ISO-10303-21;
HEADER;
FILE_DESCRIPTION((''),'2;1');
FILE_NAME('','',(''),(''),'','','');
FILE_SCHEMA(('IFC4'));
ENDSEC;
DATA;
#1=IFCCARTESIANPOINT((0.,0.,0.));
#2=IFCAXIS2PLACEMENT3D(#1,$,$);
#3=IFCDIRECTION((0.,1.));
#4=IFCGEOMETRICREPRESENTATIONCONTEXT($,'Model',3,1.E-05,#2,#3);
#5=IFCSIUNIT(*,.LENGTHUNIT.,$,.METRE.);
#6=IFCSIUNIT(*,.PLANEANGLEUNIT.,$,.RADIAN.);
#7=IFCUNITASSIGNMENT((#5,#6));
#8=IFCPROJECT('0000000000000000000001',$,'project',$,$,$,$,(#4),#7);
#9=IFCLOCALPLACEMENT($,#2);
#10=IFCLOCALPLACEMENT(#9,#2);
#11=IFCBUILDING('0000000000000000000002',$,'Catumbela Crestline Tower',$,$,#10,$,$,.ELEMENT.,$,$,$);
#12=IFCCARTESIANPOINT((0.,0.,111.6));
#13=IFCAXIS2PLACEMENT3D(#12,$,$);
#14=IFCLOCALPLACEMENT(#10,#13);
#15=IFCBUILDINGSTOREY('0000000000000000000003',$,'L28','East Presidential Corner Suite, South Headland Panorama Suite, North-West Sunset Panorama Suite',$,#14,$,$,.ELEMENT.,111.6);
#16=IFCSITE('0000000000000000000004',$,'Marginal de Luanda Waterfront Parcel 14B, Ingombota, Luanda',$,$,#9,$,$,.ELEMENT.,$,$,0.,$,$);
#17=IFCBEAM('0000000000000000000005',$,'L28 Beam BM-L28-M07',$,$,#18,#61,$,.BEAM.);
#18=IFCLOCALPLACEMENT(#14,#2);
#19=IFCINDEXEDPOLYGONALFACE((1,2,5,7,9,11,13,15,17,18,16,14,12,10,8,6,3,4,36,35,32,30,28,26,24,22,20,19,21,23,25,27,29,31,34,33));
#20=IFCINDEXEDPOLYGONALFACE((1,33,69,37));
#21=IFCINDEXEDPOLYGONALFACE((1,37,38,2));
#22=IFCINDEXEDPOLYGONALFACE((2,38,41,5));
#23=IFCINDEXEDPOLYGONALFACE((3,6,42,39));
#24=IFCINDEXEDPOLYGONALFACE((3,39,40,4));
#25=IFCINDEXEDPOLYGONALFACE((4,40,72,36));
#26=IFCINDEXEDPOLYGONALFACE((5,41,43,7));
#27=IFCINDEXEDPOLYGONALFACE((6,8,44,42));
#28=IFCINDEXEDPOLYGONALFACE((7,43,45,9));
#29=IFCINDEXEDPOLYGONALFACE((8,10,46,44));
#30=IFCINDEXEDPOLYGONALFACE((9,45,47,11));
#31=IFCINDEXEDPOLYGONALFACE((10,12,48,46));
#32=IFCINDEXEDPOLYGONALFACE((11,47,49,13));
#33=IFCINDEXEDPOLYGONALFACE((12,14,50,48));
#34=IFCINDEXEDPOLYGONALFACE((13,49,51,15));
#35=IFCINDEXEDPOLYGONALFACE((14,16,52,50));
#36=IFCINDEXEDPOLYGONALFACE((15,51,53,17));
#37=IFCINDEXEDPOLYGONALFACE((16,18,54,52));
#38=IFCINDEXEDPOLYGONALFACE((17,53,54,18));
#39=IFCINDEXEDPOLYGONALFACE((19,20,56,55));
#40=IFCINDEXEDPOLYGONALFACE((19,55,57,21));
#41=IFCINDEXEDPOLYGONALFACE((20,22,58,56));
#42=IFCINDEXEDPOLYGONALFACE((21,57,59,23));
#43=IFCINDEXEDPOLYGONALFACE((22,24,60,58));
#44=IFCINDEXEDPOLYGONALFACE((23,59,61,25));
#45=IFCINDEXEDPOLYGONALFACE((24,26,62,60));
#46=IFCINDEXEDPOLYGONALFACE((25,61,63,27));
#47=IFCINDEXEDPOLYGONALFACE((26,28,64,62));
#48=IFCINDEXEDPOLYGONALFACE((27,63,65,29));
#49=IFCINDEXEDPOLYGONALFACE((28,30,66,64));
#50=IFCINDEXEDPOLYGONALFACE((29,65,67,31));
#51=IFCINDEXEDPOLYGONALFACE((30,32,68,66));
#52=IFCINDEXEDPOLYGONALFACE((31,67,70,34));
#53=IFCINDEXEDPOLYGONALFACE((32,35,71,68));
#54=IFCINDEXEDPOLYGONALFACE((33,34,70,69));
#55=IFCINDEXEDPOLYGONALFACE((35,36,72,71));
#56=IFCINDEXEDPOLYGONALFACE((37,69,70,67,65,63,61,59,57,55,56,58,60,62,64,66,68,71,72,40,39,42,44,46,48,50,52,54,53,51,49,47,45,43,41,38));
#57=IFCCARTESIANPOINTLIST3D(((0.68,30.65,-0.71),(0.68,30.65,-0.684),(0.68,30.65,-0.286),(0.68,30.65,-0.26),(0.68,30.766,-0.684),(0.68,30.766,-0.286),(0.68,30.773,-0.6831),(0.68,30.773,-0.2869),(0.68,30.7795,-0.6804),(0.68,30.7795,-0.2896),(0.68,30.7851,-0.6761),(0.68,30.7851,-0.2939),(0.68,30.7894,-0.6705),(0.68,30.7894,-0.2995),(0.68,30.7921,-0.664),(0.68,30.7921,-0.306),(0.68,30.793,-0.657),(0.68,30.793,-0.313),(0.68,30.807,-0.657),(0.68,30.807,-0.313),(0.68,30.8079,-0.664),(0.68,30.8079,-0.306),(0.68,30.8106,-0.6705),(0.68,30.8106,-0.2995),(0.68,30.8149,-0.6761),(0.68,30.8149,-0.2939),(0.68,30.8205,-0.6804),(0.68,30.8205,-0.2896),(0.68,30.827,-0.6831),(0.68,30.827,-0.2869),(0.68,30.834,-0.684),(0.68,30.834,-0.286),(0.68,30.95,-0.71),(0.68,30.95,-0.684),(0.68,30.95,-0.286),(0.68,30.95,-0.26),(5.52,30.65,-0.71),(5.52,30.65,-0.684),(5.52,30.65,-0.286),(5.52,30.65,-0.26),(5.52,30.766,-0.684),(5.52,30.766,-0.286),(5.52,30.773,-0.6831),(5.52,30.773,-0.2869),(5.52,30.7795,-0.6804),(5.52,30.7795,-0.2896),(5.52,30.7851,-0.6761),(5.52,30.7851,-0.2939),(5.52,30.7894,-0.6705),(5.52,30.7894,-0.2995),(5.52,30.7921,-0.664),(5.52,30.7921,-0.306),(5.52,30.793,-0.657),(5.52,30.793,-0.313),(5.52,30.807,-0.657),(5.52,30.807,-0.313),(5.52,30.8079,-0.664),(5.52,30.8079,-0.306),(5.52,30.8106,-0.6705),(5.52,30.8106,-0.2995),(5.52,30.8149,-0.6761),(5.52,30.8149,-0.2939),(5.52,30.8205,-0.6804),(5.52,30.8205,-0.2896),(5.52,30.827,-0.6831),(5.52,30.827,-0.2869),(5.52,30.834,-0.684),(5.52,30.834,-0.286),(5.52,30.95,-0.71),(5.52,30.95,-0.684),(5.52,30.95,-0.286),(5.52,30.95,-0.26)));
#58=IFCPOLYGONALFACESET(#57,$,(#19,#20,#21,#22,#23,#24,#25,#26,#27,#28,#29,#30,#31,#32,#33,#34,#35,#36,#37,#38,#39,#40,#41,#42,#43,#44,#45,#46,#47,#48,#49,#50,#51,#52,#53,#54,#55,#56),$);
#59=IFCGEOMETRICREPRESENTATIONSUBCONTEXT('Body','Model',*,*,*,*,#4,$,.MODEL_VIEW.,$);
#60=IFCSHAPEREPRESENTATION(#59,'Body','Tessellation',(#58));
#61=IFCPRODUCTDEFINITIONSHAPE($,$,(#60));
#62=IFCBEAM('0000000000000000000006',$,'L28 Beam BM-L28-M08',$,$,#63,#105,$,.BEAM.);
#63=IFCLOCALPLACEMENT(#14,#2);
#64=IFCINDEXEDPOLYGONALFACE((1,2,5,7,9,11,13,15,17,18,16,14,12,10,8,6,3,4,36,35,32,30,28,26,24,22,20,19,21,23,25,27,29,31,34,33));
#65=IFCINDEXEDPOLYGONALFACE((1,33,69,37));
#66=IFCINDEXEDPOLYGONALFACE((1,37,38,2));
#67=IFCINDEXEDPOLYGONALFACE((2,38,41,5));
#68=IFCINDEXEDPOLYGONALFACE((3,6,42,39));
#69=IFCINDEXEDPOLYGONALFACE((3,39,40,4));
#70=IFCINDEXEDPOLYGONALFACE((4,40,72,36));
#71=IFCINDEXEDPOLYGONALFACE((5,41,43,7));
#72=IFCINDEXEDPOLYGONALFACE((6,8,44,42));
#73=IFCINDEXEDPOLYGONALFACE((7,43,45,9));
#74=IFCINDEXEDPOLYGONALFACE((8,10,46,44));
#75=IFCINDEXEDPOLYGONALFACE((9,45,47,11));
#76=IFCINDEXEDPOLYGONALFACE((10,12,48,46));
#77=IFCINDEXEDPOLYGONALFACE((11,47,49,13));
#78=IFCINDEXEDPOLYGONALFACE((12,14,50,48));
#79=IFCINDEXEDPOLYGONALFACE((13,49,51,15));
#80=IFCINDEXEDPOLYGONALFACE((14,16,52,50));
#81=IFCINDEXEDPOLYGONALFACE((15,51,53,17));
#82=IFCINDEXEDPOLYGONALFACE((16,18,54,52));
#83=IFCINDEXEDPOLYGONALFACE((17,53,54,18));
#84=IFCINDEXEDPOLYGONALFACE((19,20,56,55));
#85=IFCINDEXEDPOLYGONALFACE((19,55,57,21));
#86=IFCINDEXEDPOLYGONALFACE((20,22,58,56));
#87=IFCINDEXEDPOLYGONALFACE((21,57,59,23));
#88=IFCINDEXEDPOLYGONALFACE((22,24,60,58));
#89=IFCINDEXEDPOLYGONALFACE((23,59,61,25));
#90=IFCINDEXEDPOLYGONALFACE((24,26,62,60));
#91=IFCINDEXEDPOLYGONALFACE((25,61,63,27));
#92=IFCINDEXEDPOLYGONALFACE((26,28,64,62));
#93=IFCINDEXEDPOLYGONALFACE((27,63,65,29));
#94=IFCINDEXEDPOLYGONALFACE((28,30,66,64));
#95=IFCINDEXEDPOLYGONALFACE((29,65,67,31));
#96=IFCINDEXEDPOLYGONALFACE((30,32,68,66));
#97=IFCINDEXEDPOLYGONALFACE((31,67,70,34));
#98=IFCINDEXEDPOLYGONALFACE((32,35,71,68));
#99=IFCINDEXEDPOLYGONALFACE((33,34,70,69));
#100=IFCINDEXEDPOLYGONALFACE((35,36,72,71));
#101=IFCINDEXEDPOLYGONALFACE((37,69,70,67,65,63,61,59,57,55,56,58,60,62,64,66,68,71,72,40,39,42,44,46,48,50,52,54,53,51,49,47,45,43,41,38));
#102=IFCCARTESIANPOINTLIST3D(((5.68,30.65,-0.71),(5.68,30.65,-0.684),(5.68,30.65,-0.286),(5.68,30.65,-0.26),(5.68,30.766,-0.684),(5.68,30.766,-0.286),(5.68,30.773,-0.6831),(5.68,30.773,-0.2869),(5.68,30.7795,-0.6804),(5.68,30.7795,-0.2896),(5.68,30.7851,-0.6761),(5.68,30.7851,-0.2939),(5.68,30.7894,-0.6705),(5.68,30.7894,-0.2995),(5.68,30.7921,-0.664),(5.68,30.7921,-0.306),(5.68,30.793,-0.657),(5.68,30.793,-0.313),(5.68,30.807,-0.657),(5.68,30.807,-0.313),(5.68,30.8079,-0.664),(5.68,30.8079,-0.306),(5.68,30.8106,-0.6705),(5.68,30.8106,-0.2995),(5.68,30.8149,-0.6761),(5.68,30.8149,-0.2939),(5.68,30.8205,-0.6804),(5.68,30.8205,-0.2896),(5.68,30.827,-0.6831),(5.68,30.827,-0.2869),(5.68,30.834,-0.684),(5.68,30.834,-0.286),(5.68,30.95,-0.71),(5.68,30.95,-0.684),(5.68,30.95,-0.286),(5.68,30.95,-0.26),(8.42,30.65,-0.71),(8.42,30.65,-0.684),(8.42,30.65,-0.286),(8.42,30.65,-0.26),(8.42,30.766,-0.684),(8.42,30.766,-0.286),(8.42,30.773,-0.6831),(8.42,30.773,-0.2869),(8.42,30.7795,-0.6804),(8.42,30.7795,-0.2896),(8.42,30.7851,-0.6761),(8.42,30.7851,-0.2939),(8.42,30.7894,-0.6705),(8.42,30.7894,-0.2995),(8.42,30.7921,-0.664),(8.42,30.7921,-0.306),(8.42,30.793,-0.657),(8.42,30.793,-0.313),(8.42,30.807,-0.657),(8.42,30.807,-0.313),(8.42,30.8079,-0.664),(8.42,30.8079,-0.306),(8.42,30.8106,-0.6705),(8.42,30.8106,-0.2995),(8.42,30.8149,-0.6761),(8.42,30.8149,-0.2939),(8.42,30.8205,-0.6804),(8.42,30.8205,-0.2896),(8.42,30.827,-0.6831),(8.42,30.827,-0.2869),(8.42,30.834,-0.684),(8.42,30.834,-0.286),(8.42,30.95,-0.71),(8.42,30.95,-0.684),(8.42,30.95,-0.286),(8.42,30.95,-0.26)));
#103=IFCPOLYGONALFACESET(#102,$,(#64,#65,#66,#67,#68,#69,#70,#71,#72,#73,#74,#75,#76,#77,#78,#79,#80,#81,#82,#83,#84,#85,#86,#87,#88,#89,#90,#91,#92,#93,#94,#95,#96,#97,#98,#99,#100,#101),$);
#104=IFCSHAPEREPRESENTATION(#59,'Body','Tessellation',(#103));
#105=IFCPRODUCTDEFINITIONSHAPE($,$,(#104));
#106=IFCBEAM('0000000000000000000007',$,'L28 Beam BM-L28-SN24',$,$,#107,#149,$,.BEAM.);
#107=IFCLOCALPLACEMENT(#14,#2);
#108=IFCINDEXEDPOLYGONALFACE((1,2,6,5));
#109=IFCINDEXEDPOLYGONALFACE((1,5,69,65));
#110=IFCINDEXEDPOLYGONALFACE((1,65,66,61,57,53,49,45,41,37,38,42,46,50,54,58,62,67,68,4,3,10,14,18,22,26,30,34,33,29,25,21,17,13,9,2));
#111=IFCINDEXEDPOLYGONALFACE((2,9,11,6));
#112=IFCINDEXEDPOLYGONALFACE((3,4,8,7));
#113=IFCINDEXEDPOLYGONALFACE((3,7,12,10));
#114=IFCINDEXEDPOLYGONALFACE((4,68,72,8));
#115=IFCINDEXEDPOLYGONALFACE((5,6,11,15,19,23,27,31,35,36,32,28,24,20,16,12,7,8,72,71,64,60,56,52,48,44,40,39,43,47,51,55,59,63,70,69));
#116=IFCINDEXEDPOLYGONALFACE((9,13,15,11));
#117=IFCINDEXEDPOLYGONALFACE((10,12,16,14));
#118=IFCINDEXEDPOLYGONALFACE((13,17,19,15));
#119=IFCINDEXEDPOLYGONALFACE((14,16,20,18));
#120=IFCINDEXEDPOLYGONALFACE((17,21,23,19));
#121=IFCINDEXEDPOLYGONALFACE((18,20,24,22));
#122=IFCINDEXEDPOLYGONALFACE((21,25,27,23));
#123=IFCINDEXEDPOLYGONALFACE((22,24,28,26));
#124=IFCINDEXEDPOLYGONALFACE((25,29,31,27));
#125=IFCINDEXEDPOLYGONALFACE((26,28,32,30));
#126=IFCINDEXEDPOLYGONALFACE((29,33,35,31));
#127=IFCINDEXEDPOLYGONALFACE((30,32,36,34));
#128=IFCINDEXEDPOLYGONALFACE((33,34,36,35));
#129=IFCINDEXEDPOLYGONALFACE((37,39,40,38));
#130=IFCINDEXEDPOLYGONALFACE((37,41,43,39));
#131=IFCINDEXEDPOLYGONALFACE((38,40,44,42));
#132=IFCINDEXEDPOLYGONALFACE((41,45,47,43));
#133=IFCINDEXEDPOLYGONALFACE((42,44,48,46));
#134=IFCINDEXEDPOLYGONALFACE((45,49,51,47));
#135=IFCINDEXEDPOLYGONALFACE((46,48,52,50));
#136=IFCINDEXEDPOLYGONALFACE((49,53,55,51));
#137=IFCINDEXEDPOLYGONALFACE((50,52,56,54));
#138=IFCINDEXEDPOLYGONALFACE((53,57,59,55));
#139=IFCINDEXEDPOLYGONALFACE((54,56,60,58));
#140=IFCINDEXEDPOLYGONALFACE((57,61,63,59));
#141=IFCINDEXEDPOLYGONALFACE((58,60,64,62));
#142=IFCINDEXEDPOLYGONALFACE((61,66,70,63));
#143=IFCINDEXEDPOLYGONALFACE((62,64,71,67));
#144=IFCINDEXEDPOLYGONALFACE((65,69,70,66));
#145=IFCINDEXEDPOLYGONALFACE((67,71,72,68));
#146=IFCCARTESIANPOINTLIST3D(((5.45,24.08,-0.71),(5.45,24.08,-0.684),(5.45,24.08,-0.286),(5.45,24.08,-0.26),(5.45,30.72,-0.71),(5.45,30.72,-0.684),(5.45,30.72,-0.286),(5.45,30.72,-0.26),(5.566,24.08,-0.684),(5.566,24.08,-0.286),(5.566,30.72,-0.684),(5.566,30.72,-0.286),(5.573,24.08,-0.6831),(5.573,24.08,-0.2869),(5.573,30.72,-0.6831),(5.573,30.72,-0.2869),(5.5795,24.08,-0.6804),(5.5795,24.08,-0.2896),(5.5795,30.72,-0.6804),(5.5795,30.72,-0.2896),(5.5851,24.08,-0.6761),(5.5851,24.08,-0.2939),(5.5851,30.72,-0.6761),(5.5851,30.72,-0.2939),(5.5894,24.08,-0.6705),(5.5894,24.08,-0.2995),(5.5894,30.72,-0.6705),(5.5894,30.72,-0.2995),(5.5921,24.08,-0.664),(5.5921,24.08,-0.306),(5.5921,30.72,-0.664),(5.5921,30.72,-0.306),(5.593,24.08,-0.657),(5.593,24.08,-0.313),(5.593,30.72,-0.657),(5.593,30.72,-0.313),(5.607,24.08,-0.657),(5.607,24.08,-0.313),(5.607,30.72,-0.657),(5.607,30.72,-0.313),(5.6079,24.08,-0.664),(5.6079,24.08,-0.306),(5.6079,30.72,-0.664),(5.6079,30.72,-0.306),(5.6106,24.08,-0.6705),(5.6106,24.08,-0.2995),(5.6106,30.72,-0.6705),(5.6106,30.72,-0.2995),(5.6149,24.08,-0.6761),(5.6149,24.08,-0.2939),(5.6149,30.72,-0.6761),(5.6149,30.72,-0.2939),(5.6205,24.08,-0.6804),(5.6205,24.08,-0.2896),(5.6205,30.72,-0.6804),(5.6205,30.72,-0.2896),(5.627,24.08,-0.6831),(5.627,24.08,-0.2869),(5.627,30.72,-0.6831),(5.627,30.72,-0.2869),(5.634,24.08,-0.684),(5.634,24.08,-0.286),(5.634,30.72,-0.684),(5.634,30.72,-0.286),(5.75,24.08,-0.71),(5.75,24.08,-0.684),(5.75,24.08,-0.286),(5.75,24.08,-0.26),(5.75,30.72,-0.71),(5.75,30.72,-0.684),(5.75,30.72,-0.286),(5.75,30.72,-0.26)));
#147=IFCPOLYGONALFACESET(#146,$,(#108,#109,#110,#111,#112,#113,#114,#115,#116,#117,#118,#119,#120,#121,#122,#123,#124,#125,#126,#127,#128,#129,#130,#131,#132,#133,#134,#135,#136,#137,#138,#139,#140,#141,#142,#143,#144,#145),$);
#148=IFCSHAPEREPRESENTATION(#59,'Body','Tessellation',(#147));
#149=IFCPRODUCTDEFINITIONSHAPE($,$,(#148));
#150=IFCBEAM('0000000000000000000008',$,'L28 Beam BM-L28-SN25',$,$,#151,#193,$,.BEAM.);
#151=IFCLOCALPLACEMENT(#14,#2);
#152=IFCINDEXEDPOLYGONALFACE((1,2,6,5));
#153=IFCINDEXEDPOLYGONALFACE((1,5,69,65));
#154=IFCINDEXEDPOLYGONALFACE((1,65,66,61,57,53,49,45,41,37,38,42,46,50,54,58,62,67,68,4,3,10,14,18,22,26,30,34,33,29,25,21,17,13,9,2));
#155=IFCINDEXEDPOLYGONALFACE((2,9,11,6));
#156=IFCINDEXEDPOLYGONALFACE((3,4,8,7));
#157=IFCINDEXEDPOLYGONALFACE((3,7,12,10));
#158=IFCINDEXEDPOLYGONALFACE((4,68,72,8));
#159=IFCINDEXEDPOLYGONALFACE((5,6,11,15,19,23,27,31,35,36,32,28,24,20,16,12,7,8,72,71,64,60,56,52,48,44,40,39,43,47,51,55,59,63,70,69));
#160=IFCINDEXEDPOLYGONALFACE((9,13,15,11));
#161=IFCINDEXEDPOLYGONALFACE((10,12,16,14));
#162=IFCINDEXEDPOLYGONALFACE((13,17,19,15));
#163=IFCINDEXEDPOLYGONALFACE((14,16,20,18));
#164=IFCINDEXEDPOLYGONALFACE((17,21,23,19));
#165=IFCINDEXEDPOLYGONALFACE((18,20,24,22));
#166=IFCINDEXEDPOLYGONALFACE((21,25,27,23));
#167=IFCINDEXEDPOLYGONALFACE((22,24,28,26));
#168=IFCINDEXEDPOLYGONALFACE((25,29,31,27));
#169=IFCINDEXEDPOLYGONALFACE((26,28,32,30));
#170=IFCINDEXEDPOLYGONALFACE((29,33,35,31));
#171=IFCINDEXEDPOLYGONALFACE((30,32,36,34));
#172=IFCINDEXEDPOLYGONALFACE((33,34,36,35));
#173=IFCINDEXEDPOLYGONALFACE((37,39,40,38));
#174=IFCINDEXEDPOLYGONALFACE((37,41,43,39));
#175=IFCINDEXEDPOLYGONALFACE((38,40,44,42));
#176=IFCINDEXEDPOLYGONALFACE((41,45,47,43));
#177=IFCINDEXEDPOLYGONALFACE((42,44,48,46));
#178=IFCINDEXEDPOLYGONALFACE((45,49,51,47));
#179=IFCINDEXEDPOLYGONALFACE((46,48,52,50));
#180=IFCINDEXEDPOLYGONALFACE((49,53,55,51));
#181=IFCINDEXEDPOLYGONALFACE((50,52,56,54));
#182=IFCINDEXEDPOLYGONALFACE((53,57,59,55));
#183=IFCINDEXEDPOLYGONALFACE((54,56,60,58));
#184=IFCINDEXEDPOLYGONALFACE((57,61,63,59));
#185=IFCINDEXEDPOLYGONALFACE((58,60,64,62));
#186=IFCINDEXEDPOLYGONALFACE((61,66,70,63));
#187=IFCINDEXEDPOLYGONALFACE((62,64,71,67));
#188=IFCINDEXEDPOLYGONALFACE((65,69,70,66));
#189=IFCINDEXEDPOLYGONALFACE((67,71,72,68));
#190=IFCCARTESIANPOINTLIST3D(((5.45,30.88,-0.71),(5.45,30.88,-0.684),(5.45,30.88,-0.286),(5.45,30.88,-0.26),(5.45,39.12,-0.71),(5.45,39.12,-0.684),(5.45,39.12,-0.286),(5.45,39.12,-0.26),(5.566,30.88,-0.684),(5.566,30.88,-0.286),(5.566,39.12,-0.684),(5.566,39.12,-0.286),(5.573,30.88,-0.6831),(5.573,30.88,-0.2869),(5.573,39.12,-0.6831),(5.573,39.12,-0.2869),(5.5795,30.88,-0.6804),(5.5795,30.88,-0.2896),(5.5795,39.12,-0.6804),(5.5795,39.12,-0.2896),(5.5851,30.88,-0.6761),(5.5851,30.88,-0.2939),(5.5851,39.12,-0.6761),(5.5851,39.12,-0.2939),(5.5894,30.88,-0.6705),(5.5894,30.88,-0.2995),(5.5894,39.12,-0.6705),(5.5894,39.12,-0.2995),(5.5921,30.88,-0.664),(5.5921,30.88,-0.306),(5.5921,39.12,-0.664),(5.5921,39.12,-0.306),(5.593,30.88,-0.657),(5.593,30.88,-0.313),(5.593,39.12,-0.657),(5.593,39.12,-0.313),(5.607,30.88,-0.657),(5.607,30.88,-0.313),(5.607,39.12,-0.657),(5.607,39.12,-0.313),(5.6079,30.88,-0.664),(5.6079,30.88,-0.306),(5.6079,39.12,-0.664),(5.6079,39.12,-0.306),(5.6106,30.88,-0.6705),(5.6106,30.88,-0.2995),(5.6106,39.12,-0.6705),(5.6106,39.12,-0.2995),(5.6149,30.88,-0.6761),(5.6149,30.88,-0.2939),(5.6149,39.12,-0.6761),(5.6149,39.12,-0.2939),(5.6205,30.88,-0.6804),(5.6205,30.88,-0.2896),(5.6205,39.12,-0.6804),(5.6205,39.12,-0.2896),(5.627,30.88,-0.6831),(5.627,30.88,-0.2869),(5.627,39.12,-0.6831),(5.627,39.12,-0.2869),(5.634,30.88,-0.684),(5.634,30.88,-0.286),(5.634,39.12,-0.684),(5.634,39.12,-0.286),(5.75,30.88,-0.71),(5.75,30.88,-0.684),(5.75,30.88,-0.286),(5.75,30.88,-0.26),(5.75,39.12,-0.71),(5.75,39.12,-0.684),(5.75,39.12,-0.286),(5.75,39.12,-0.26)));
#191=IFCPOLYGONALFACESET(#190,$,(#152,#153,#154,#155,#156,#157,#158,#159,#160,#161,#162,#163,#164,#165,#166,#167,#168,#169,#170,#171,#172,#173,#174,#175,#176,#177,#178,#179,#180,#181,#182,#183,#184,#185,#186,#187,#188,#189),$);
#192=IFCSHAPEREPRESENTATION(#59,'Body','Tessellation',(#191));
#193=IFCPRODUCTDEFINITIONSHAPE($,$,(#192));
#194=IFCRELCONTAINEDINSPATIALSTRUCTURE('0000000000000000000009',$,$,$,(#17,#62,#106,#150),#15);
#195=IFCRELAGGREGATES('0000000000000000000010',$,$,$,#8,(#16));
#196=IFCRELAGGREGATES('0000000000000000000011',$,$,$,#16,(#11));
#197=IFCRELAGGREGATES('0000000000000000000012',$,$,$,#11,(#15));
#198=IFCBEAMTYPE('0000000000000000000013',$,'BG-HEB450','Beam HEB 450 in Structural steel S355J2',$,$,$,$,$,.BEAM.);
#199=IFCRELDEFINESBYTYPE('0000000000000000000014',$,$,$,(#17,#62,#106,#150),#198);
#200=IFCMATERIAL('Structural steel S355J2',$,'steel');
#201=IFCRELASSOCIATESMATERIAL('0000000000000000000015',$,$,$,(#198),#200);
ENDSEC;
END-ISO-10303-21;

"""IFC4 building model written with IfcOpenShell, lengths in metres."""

from ifc_helpers import new_model, si_unit, direction, frame, origin, origin_2d, place, context, subcontext, project, spatial, i_section, extrude, material, material_profile, profile_set, type_object, element, save


model = new_model("IFC4")

# Units and contexts
model_context = context("Model", 3, precision=1e-05, world=origin(), true_north=direction((0.0, 1.0)))
body_context = subcontext(model_context, "Body", "Model", "MODEL_VIEW")
ifc_project = project(units=[si_unit("LENGTHUNIT", "METRE"), si_unit("PLANEANGLEUNIT", "RADIAN")], contexts=[model_context])

# Site, building, storey
site_placement = place(None, origin())
site = spatial("IfcSite", under=ifc_project, at=site_placement, Name="Marginal de Luanda Waterfront Parcel 14B, Ingombota, Luanda", CompositionType="ELEMENT", RefElevation=0.0)
building_placement = place(site_placement, origin())
building = spatial("IfcBuilding", under=site, at=building_placement, Name="Catumbela Crestline Tower", CompositionType="ELEMENT")
storey_placement = place(building_placement, frame((0.0, 0.0, 111.6)))
storey = spatial("IfcBuildingStorey", under=building, at=storey_placement, Name="L28", Description="East Presidential Corner Suite, South Headland Panorama Suite, North-West Sunset Panorama Suite", CompositionType="ELEMENT", Elevation=111.6)

# Beams
ifc_material_1 = material(Name="Structural steel S355J2", Category="steel")
ifc_material_profile_1 = material_profile(ifc_material_1, i_section(OverallWidth=0.3, OverallDepth=0.45, WebThickness=0.014, FlangeThickness=0.026, FilletRadius=0.027, at=origin_2d()), Name="HEB 450")
ifc_profile_set_1 = profile_set([ifc_material_profile_1], Name="Structural steel S355J2")
beam_type = type_object("IfcBeamType", Name="BG-HEB450", Description="Beam HEB 450 in Structural steel S355J2", PredefinedType="BEAM", material=ifc_profile_set_1)
beam_1_placement = place(storey_placement, frame((0.68, 30.8, -0.485), z_axis=(1.0, 0.0, 0.0), x_axis=(0.0, 1.0, 0.0)))
element("IfcBeam", 1, at=beam_1_placement, inside=storey, type_object=beam_type, Name="L28 Beam BM-L28-M07", PredefinedType="BEAM", context=body_context, shape_type="SweptSolid", body=[
    extrude(i_section(OverallWidth=0.3, OverallDepth=0.45, WebThickness=0.014, FlangeThickness=0.026, FilletRadius=0.027, at=origin_2d()), origin(), (0.0, 0.0, 1.0), 4.84),
])
beam_2_placement = place(storey_placement, frame((5.68, 30.8, -0.485), z_axis=(1.0, 0.0, 0.0), x_axis=(0.0, 1.0, 0.0)))
element("IfcBeam", 2, at=beam_2_placement, inside=storey, type_object=beam_type, Name="L28 Beam BM-L28-M08", PredefinedType="BEAM", context=body_context, shape_type="SweptSolid", body=[
    extrude(i_section(OverallWidth=0.3, OverallDepth=0.45, WebThickness=0.014, FlangeThickness=0.026, FilletRadius=0.027, at=origin_2d()), origin(), (0.0, 0.0, 1.0), 2.74),
])
beam_3_placement = place(storey_placement, frame((5.6, 24.08, -0.485), z_axis=(0.0, 1.0, 0.0), x_axis=(-1.0, 0.0, 0.0)))
element("IfcBeam", 3, at=beam_3_placement, inside=storey, type_object=beam_type, Name="L28 Beam BM-L28-SN24", PredefinedType="BEAM", context=body_context, shape_type="SweptSolid", body=[
    extrude(i_section(OverallWidth=0.3, OverallDepth=0.45, WebThickness=0.014, FlangeThickness=0.026, FilletRadius=0.027, at=origin_2d()), origin(), (0.0, 0.0, 1.0), 6.64),
])
beam_4_placement = place(storey_placement, frame((5.6, 30.88, -0.485), z_axis=(0.0, 1.0, 0.0), x_axis=(-1.0, 0.0, 0.0)))
element("IfcBeam", 4, at=beam_4_placement, inside=storey, type_object=beam_type, Name="L28 Beam BM-L28-SN25", PredefinedType="BEAM", context=body_context, shape_type="SweptSolid", body=[
    extrude(i_section(OverallWidth=0.3, OverallDepth=0.45, WebThickness=0.014, FlangeThickness=0.026, FilletRadius=0.027, at=origin_2d()), origin(), (0.0, 0.0, 1.0), 8.24),
])

save(model, "model.ifc")
